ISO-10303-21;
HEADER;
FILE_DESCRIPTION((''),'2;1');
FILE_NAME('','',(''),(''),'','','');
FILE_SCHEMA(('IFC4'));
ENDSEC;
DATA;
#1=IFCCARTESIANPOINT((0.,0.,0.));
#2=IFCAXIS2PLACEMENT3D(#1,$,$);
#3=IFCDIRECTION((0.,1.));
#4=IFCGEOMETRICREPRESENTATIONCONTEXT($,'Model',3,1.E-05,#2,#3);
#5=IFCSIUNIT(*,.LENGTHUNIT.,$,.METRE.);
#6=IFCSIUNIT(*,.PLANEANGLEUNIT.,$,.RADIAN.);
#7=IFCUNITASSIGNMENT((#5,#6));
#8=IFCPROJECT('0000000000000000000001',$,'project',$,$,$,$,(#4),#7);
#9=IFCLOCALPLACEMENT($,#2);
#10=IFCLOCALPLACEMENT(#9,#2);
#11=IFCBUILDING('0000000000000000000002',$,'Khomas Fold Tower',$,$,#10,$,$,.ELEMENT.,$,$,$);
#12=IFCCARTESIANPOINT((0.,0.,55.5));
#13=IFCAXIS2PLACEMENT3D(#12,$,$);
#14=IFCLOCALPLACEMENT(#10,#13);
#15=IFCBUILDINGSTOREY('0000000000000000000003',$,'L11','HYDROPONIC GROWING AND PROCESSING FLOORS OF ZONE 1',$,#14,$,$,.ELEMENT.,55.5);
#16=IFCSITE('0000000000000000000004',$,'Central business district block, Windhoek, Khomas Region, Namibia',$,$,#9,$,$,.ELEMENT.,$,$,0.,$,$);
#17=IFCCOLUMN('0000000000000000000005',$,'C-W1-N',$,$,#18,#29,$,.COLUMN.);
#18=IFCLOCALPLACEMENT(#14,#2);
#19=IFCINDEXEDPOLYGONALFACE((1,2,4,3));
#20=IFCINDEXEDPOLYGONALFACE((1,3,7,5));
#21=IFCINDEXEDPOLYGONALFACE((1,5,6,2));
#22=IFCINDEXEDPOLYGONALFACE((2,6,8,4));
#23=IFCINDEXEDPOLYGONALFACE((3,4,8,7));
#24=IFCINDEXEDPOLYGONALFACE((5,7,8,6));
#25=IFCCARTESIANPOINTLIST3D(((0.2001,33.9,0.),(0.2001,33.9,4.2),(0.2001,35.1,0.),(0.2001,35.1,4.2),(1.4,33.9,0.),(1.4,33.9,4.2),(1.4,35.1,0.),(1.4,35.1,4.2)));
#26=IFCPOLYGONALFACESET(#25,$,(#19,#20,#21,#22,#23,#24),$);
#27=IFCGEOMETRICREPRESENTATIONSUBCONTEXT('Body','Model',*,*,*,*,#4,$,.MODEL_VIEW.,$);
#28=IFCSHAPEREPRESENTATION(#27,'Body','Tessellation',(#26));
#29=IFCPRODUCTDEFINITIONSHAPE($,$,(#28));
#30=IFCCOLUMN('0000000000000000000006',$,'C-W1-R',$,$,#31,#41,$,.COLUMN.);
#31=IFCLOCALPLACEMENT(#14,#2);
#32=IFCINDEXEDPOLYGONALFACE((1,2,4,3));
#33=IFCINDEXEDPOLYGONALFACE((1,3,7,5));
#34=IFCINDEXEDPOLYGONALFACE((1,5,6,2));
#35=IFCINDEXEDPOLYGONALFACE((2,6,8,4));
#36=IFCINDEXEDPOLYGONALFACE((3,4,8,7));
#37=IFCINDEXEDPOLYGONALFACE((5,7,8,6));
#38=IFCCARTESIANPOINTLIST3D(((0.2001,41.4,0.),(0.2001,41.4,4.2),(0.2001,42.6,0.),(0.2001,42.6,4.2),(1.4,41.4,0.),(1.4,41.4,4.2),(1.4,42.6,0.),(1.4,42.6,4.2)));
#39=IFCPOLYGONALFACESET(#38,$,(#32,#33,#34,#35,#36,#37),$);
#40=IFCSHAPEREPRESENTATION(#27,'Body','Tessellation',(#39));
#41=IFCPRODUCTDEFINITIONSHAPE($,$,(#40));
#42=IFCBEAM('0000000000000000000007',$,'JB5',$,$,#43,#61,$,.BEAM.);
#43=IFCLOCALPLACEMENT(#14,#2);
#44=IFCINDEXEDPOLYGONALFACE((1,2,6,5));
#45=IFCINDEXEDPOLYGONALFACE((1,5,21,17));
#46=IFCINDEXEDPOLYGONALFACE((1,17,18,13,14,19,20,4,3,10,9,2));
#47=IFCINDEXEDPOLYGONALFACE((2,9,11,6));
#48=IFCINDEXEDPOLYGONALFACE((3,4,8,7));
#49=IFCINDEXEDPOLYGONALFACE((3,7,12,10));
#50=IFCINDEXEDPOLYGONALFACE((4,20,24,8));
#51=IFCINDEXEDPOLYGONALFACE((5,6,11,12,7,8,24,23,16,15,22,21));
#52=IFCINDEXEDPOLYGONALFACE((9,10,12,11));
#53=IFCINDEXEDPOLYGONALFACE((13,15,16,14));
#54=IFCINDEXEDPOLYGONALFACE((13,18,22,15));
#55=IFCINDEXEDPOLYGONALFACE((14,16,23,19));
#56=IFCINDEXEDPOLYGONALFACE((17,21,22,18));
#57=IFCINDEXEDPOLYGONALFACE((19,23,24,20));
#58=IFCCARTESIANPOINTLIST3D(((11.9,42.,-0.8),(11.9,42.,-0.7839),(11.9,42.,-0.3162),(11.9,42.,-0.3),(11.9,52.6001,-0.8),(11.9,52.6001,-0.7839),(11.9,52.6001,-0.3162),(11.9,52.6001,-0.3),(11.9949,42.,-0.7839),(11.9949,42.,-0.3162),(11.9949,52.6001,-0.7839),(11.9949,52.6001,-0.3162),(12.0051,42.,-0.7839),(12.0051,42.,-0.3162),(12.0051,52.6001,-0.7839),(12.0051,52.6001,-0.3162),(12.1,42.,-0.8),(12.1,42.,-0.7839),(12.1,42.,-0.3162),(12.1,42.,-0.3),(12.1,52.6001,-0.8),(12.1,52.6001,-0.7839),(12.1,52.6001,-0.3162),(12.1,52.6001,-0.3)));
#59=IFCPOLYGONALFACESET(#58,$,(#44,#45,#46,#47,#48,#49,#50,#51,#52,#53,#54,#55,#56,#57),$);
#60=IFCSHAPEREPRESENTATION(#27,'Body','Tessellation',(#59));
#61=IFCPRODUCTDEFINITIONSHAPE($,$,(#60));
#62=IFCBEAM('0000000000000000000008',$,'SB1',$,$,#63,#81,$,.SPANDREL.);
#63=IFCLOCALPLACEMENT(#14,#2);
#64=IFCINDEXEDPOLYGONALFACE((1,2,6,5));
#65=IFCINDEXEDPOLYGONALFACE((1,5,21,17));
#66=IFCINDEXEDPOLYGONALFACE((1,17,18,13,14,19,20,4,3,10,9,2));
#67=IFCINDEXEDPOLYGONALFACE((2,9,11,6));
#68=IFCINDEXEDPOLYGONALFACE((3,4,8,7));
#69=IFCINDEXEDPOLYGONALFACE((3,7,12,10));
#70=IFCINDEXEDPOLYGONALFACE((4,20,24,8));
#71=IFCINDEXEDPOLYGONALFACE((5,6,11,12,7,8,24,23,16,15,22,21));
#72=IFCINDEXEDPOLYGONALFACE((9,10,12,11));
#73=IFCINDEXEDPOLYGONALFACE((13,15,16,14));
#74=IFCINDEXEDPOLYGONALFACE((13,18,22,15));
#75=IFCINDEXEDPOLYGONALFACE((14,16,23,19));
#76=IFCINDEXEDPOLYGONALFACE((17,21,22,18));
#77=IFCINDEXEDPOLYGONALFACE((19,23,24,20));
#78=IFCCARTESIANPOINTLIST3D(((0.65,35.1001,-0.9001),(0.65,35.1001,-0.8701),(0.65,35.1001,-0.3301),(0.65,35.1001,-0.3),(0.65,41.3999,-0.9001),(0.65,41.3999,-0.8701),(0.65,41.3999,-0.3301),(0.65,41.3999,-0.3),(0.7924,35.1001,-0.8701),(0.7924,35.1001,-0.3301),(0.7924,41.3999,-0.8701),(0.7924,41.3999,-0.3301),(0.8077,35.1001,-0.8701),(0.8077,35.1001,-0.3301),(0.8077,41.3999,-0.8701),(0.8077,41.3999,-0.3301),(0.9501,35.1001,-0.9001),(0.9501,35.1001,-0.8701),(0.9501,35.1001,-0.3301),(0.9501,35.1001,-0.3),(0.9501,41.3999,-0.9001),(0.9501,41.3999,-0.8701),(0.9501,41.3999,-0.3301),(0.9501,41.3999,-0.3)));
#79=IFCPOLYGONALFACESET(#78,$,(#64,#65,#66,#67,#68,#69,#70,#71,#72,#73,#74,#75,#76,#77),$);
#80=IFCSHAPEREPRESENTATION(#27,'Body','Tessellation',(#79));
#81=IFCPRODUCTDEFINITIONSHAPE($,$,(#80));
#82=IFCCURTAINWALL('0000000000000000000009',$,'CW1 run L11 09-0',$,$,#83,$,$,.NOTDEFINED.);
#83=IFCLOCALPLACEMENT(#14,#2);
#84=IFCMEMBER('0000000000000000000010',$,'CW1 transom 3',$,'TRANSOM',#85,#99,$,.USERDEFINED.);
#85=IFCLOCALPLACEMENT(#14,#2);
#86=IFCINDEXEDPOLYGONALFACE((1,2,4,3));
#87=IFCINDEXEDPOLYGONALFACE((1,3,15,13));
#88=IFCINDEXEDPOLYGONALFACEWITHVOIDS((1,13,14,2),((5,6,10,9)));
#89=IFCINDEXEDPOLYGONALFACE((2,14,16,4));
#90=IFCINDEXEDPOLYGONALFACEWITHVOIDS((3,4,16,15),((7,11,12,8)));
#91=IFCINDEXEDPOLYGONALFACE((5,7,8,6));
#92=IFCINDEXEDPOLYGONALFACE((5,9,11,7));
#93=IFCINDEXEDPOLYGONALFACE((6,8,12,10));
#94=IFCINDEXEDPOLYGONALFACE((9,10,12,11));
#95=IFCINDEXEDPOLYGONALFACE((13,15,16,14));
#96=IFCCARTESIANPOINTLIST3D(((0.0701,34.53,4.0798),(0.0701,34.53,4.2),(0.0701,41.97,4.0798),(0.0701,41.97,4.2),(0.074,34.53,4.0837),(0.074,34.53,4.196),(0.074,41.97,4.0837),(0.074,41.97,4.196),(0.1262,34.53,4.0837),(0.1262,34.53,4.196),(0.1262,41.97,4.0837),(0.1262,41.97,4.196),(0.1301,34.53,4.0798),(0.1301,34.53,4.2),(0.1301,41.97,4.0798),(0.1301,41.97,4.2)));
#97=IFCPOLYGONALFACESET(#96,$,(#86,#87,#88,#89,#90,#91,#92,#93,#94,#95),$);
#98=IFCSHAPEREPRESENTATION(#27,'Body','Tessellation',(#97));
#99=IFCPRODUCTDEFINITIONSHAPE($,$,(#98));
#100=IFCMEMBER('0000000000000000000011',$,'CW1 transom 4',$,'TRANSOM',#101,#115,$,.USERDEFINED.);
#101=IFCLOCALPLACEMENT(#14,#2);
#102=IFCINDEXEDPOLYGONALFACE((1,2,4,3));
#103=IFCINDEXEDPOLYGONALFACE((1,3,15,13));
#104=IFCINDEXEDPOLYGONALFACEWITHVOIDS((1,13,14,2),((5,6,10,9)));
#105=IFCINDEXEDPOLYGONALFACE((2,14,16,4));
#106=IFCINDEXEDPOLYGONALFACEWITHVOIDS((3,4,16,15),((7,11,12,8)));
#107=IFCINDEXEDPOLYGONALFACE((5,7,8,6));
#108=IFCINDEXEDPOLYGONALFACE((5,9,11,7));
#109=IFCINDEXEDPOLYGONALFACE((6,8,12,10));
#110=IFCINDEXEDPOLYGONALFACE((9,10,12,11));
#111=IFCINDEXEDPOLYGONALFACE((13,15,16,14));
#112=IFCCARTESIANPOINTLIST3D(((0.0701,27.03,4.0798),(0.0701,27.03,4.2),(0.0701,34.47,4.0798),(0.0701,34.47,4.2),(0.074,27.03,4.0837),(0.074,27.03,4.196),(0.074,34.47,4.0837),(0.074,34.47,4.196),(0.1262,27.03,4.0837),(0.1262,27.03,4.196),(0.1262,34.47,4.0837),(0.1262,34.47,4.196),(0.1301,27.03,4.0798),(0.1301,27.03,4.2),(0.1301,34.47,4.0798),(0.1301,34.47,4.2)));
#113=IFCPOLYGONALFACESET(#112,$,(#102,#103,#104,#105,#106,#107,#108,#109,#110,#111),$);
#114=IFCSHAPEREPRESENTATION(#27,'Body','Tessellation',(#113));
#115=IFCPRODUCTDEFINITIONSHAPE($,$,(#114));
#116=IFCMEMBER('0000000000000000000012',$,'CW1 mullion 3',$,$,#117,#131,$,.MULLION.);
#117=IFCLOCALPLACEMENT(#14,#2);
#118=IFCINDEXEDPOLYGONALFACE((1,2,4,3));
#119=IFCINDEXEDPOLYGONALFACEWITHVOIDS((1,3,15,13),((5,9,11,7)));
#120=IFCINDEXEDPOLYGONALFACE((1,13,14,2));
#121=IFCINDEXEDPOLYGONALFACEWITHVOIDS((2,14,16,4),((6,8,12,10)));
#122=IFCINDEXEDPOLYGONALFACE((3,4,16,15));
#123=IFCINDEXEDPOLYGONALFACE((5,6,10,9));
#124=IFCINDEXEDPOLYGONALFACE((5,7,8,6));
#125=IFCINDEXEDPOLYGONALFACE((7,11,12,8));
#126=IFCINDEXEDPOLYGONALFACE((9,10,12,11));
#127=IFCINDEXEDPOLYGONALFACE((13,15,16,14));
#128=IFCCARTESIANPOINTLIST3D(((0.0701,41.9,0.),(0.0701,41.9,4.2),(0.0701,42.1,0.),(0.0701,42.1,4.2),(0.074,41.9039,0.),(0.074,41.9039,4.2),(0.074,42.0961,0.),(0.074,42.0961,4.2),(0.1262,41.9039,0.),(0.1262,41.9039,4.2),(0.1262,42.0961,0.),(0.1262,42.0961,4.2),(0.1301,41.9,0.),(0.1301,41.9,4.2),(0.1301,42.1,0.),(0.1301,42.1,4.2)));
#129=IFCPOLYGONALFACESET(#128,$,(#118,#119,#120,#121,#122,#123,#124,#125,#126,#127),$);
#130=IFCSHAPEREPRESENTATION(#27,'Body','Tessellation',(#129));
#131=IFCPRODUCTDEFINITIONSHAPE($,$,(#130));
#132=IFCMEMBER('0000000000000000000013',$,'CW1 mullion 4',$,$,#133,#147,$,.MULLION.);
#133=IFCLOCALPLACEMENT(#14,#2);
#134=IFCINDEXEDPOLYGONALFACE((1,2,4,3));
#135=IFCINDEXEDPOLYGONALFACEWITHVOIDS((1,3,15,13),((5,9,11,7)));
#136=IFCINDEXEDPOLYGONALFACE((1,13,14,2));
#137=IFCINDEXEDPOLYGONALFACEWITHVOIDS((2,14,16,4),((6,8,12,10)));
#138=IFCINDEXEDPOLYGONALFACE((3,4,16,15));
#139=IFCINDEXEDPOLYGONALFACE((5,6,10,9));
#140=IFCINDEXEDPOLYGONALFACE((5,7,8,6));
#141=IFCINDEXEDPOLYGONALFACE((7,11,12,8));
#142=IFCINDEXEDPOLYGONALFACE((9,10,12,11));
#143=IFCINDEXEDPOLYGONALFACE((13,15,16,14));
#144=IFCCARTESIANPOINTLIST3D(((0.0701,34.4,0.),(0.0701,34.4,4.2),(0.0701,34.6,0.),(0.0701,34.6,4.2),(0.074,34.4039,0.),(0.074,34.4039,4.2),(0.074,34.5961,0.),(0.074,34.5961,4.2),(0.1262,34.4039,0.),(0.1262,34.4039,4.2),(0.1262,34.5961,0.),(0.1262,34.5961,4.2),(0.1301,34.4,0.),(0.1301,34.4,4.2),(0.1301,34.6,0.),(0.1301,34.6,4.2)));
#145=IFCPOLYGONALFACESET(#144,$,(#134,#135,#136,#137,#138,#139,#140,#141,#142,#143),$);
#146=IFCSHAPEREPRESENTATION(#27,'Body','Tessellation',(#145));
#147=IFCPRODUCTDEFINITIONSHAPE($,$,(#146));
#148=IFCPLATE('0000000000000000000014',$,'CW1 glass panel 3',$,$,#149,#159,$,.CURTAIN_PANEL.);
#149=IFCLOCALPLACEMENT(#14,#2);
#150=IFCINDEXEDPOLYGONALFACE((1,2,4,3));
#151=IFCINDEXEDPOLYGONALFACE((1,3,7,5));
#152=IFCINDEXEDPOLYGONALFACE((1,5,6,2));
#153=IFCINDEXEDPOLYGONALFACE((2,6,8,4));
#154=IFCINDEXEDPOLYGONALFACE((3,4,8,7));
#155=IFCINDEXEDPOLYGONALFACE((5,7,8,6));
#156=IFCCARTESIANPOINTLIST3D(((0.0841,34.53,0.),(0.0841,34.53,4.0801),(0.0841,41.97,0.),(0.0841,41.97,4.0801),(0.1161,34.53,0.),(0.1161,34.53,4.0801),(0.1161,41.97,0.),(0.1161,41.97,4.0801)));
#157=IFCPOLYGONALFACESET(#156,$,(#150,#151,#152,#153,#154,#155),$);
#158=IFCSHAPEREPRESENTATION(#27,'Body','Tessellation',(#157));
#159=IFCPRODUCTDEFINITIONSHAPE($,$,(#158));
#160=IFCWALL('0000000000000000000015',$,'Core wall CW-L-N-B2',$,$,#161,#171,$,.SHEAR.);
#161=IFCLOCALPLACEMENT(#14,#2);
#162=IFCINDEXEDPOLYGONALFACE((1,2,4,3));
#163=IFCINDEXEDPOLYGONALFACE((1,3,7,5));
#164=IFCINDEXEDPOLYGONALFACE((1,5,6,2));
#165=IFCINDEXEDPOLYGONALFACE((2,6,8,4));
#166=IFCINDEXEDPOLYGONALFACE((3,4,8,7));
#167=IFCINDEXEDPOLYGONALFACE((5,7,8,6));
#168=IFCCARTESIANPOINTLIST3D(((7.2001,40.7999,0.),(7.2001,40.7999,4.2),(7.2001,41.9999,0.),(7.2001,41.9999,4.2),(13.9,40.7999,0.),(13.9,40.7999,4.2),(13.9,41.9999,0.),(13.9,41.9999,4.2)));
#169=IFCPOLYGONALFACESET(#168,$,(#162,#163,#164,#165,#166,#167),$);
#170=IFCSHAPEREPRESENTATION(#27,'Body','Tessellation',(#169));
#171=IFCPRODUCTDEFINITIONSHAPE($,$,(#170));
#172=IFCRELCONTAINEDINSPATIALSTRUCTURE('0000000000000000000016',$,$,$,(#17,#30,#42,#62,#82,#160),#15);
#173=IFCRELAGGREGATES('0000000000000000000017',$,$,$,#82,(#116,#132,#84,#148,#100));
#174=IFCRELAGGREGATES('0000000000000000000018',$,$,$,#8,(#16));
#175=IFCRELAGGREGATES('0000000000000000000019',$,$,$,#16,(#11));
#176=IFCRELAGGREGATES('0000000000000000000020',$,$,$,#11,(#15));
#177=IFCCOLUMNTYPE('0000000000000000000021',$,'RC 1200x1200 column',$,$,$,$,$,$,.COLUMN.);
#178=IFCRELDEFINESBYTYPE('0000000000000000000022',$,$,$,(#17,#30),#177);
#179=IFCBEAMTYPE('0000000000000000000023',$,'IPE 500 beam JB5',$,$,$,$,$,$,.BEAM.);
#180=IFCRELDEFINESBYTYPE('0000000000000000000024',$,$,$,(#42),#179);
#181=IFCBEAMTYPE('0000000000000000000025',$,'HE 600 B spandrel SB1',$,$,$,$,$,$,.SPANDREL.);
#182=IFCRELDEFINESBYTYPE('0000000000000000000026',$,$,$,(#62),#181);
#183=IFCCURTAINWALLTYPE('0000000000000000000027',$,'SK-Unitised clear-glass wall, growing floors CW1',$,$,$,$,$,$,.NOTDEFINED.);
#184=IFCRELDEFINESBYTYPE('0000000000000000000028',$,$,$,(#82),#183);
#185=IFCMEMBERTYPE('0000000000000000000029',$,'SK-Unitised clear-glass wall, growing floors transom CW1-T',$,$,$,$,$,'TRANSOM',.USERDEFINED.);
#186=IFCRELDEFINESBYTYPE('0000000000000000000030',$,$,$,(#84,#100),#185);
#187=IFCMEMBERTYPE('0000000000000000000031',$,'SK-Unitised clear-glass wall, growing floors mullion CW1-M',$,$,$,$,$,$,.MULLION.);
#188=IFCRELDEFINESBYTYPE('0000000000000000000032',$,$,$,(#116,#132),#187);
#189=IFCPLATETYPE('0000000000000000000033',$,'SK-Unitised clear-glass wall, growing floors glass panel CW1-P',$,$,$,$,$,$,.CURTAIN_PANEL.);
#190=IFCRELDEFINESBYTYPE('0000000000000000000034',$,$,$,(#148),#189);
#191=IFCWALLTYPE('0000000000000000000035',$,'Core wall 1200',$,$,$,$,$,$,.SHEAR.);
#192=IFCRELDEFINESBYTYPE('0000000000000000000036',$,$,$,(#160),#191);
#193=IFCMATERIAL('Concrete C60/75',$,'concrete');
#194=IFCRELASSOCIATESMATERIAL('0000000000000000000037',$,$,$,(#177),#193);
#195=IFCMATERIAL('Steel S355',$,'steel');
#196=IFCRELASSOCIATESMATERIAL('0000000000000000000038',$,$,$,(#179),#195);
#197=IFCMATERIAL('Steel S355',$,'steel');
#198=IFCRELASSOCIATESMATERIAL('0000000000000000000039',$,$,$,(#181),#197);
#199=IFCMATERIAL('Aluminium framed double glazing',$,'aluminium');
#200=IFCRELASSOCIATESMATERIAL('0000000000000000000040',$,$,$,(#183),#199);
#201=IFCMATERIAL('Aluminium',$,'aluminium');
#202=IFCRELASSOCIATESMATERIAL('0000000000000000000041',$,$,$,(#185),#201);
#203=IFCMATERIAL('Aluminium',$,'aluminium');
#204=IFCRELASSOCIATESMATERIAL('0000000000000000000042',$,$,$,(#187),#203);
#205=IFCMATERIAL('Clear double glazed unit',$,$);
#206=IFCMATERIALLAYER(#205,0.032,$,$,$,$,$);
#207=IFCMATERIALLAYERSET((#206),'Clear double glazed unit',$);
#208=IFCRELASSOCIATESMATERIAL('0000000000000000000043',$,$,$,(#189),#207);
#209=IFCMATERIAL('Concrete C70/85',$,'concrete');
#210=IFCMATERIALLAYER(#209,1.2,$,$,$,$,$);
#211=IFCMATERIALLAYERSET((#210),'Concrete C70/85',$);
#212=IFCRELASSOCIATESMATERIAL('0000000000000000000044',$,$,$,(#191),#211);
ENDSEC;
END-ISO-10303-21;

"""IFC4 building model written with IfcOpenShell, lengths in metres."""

from ifc_helpers import new_model, si_unit, direction, frame, frame_2d, origin, origin_2d, place, context, subcontext, project, spatial, rectangle, hollow_rectangle, i_section, extrude, source, transform, mapped, material, layer, layer_set, material_profile, profile_set, type_object, element, aggregate, save


model = new_model("IFC4")

# Units and contexts
model_context = context("Model", 3, precision=1e-05, world=origin(), true_north=direction((0.0, 1.0)))
body_context = subcontext(model_context, "Body", "Model", "MODEL_VIEW")
ifc_project = project(units=[si_unit("LENGTHUNIT", "METRE"), si_unit("PLANEANGLEUNIT", "RADIAN")], contexts=[model_context])

# Site, building, storey
site_placement = place(None, origin())
site = spatial("IfcSite", under=ifc_project, at=site_placement, Name="Central business district block, Windhoek, Khomas Region, Namibia", CompositionType="ELEMENT", RefElevation=0.0)
building_placement = place(site_placement, origin())
building = spatial("IfcBuilding", under=site, at=building_placement, Name="Khomas Fold Tower", CompositionType="ELEMENT")
storey_placement = place(building_placement, frame((0.0, 0.0, 55.5)))
storey = spatial("IfcBuildingStorey", under=building, at=storey_placement, Name="L11", Description="HYDROPONIC GROWING AND PROCESSING FLOORS OF ZONE 1", CompositionType="ELEMENT", Elevation=55.5)

# Columns
ifc_material_1 = material(Name="Concrete C60/75", Category="concrete")
ifc_material_profile_1 = material_profile(ifc_material_1, rectangle(XDim=1.2, YDim=1.2, at=origin_2d()), Name="RC 1200x1200")
ifc_profile_set_1 = profile_set([ifc_material_profile_1], Name="Concrete C60/75")
column_type = type_object("IfcColumnType", Name="RC 1200x1200 column", PredefinedType="COLUMN", material=ifc_profile_set_1)
shared_shape_1 = source(origin(), body_context, "Body", "SweptSolid", [
    extrude(rectangle(XDim=1.2, YDim=1.2, at=origin_2d()), origin(), (0.0, 0.0, 1.0), 4.2),
])
for number, where, z_axis, x_axis, name in (
    (1, (0.8, 34.5, 0.0), (0.0, 0.0, 1.0), (1.0, 0.0, 0.0), "C-W1-N"),
    (2, (0.8, 42.0, 0.0), (0.0, 0.0, 1.0), (1.0, 0.0, 0.0), "C-W1-R"),
):
    element("IfcColumn", number, at=place(storey_placement, frame(where, z_axis=z_axis, x_axis=x_axis)), inside=storey, type_object=column_type, Name=name, PredefinedType="COLUMN", context=body_context, shape_type="MappedRepresentation", body=[
        mapped(shared_shape_1, transform((0.0, 0.0, 0.0))),
    ])

# Beams
ifc_material_2 = material(Name="Steel S355", Category="steel")
ifc_material_profile_2 = material_profile(ifc_material_2, i_section(OverallWidth=0.2, OverallDepth=0.5, WebThickness=0.0103, FlangeThickness=0.0161, at=origin_2d()), Name="IPE 500")
ifc_profile_set_2 = profile_set([ifc_material_profile_2], Name="Steel S355")
beam_type_1 = type_object("IfcBeamType", Name="IPE 500 beam JB5", PredefinedType="BEAM", material=ifc_profile_set_2)
shared_shape_2 = source(origin(), body_context, "Body", "SweptSolid", [
    extrude(i_section(OverallWidth=0.2, OverallDepth=0.5, WebThickness=0.0103, FlangeThickness=0.0161, at=origin_2d()), origin(), (0.0, 0.0, 1.0), 10.6001),
])
beam_1_placement = place(storey_placement, frame((12.0, 42.0, -0.55), z_axis=(0.0, 1.0, 0.0), x_axis=(-1.0, 0.0, 0.0)))
element("IfcBeam", 3, at=beam_1_placement, inside=storey, type_object=beam_type_1, Name="JB5", PredefinedType="BEAM", context=body_context, shape_type="MappedRepresentation", body=[
    mapped(shared_shape_2, transform((0.0, 0.0, 0.0))),
])
ifc_material_3 = material(Name="Steel S355", Category="steel")
ifc_material_profile_3 = material_profile(ifc_material_3, i_section(OverallWidth=0.3, OverallDepth=0.6001, WebThickness=0.0154, FlangeThickness=0.03, at=origin_2d()), Name="HE 600 B")
ifc_profile_set_3 = profile_set([ifc_material_profile_3], Name="Steel S355")
beam_type_2 = type_object("IfcBeamType", Name="HE 600 B spandrel SB1", PredefinedType="SPANDREL", material=ifc_profile_set_3)
shared_shape_3 = source(origin(), body_context, "Body", "SweptSolid", [
    extrude(i_section(OverallWidth=0.3, OverallDepth=0.6001, WebThickness=0.0154, FlangeThickness=0.03, at=origin_2d()), origin(), (0.0, 0.0, 1.0), 6.2998),
])
beam_2_placement = place(storey_placement, frame((0.8, 35.1001, -0.6001), z_axis=(0.0, 1.0, 0.0), x_axis=(-1.0, 0.0, 0.0)))
element("IfcBeam", 4, at=beam_2_placement, inside=storey, type_object=beam_type_2, Name="SB1", PredefinedType="SPANDREL", context=body_context, shape_type="MappedRepresentation", body=[
    mapped(shared_shape_3, transform((0.0, 0.0, 0.0))),
])

# Curtain wall, members, plate
ifc_material_4 = material(Name="Aluminium framed double glazing", Category="aluminium")
curtain_wall_type = type_object("IfcCurtainWallType", Name="SK-Unitised clear-glass wall, growing floors CW1", PredefinedType="NOTDEFINED", material=ifc_material_4)
curtain_wall_placement = place(storey_placement, origin())
curtain_wall = element("IfcCurtainWall", 5, at=curtain_wall_placement, inside=storey, type_object=curtain_wall_type, Name="CW1 run L11 09-0", PredefinedType="NOTDEFINED")
ifc_material_5 = material(Name="Aluminium", Category="aluminium")
ifc_material_profile_4 = material_profile(ifc_material_5, hollow_rectangle(XDim=0.0601, YDim=0.1201, WallThickness=0.0039, at=origin_2d()), Name="SK-Unitised clear-glass wall, growing floors transom CW1-T")
ifc_profile_set_4 = profile_set([ifc_material_profile_4], Name="Aluminium")
member_type_1 = type_object("IfcMemberType", Name="SK-Unitised clear-glass wall, growing floors transom CW1-T", ElementType="TRANSOM", PredefinedType="USERDEFINED", material=ifc_profile_set_4)
shared_shape_4 = source(origin(), body_context, "Body", "SweptSolid", [
    extrude(hollow_rectangle(XDim=0.0601, YDim=0.1201, WallThickness=0.0039, at=origin_2d()), origin(), (0.0, 0.0, 1.0), 7.4399),
])
member_1_placement = place(storey_placement, frame((0.1001, 41.97, 4.1399), z_axis=(0.0, -1.0, 0.0), x_axis=(1.0, 0.0, 0.0)))
member_1 = element("IfcMember", 6, at=member_1_placement, type_object=member_type_1, Name="CW1 transom 3", ObjectType="TRANSOM", PredefinedType="USERDEFINED", context=body_context, shape_type="MappedRepresentation", body=[
    mapped(shared_shape_4, transform((0.0, 0.0, 0.0))),
])
member_2_placement = place(storey_placement, frame((0.1001, 34.47, 4.1399), z_axis=(0.0, -1.0, 0.0), x_axis=(1.0, 0.0, 0.0)))
member_2 = element("IfcMember", 7, at=member_2_placement, type_object=member_type_1, Name="CW1 transom 4", ObjectType="TRANSOM", PredefinedType="USERDEFINED", context=body_context, shape_type="MappedRepresentation", body=[
    mapped(shared_shape_4, transform((0.0, 0.0, 0.0))),
])
ifc_material_6 = material(Name="Aluminium", Category="aluminium")
ifc_material_profile_5 = material_profile(ifc_material_6, hollow_rectangle(XDim=0.0601, YDim=0.2, WallThickness=0.0039, at=origin_2d()), Name="SK-Unitised clear-glass wall, growing floors mullion CW1-M")
ifc_profile_set_5 = profile_set([ifc_material_profile_5], Name="Aluminium")
member_type_2 = type_object("IfcMemberType", Name="SK-Unitised clear-glass wall, growing floors mullion CW1-M", PredefinedType="MULLION", material=ifc_profile_set_5)
shared_shape_5 = source(origin(), body_context, "Body", "SweptSolid", [
    extrude(hollow_rectangle(XDim=0.0601, YDim=0.2, WallThickness=0.0039, at=origin_2d()), origin(), (0.0, 0.0, 1.0), 4.2),
])
member_3_placement = place(storey_placement, frame((0.1001, 42.0, 0.0), z_axis=(0.0, 0.0, 1.0), x_axis=(1.0, 0.0, 0.0)))
member_3 = element("IfcMember", 8, at=member_3_placement, type_object=member_type_2, Name="CW1 mullion 3", PredefinedType="MULLION", context=body_context, shape_type="MappedRepresentation", body=[
    mapped(shared_shape_5, transform((0.0, 0.0, 0.0))),
])
member_4_placement = place(storey_placement, frame((0.1001, 34.5, 0.0), z_axis=(0.0, 0.0, 1.0), x_axis=(1.0, 0.0, 0.0)))
member_4 = element("IfcMember", 9, at=member_4_placement, type_object=member_type_2, Name="CW1 mullion 4", PredefinedType="MULLION", context=body_context, shape_type="MappedRepresentation", body=[
    mapped(shared_shape_5, transform((0.0, 0.0, 0.0))),
])
ifc_material_7 = material(Name="Clear double glazed unit")
ifc_layer_1 = layer(ifc_material_7, 0.032)
ifc_layer_set_1 = layer_set([ifc_layer_1], Name="Clear double glazed unit")
plate_type = type_object("IfcPlateType", Name="SK-Unitised clear-glass wall, growing floors glass panel CW1-P", PredefinedType="CURTAIN_PANEL", material=ifc_layer_set_1)
shared_shape_6 = source(origin(), body_context, "Body", "SweptSolid", [
    extrude(rectangle(XDim=7.4399, YDim=0.032, at=origin_2d()), origin(), (0.0, 0.0, 1.0), 4.0801),
])
plate_placement = place(storey_placement, frame((0.1001, 38.25, 0.0), z_axis=(0.0, 0.0, 1.0), x_axis=(0.0, -1.0, 0.0)))
plate = element("IfcPlate", 10, at=plate_placement, type_object=plate_type, Name="CW1 glass panel 3", PredefinedType="CURTAIN_PANEL", context=body_context, shape_type="MappedRepresentation", body=[
    mapped(shared_shape_6, transform((0.0, 0.0, 0.0))),
])
aggregate(curtain_wall, [member_3, member_4, member_1, plate, member_2])

# Wall
ifc_material_8 = material(Name="Concrete C70/85", Category="concrete")
ifc_layer_2 = layer(ifc_material_8, 1.2)
ifc_layer_set_2 = layer_set([ifc_layer_2], Name="Concrete C70/85")
wall_type_1 = type_object("IfcWallType", Name="Core wall 1200", PredefinedType="SHEAR", material=ifc_layer_set_2)
shared_shape_7 = source(origin(), body_context, "Body", "SweptSolid", [
    extrude(rectangle(XDim=6.7, YDim=1.2, at=frame_2d((3.3501, 0.0))), origin(), (0.0, 0.0, 1.0), 4.2),
])
wall_1_placement = place(storey_placement, frame((7.2, 41.3999, 0.0), z_axis=(0.0, 0.0, 1.0), x_axis=(1.0, 0.0, 0.0)))
element("IfcWall", 11, at=wall_1_placement, inside=storey, type_object=wall_type_1, Name="Core wall CW-L-N-B2", PredefinedType="SHEAR", context=body_context, shape_type="MappedRepresentation", body=[
    mapped(shared_shape_7, transform((0.0, 0.0, 0.0))),
])

save(model, "model.ifc")
